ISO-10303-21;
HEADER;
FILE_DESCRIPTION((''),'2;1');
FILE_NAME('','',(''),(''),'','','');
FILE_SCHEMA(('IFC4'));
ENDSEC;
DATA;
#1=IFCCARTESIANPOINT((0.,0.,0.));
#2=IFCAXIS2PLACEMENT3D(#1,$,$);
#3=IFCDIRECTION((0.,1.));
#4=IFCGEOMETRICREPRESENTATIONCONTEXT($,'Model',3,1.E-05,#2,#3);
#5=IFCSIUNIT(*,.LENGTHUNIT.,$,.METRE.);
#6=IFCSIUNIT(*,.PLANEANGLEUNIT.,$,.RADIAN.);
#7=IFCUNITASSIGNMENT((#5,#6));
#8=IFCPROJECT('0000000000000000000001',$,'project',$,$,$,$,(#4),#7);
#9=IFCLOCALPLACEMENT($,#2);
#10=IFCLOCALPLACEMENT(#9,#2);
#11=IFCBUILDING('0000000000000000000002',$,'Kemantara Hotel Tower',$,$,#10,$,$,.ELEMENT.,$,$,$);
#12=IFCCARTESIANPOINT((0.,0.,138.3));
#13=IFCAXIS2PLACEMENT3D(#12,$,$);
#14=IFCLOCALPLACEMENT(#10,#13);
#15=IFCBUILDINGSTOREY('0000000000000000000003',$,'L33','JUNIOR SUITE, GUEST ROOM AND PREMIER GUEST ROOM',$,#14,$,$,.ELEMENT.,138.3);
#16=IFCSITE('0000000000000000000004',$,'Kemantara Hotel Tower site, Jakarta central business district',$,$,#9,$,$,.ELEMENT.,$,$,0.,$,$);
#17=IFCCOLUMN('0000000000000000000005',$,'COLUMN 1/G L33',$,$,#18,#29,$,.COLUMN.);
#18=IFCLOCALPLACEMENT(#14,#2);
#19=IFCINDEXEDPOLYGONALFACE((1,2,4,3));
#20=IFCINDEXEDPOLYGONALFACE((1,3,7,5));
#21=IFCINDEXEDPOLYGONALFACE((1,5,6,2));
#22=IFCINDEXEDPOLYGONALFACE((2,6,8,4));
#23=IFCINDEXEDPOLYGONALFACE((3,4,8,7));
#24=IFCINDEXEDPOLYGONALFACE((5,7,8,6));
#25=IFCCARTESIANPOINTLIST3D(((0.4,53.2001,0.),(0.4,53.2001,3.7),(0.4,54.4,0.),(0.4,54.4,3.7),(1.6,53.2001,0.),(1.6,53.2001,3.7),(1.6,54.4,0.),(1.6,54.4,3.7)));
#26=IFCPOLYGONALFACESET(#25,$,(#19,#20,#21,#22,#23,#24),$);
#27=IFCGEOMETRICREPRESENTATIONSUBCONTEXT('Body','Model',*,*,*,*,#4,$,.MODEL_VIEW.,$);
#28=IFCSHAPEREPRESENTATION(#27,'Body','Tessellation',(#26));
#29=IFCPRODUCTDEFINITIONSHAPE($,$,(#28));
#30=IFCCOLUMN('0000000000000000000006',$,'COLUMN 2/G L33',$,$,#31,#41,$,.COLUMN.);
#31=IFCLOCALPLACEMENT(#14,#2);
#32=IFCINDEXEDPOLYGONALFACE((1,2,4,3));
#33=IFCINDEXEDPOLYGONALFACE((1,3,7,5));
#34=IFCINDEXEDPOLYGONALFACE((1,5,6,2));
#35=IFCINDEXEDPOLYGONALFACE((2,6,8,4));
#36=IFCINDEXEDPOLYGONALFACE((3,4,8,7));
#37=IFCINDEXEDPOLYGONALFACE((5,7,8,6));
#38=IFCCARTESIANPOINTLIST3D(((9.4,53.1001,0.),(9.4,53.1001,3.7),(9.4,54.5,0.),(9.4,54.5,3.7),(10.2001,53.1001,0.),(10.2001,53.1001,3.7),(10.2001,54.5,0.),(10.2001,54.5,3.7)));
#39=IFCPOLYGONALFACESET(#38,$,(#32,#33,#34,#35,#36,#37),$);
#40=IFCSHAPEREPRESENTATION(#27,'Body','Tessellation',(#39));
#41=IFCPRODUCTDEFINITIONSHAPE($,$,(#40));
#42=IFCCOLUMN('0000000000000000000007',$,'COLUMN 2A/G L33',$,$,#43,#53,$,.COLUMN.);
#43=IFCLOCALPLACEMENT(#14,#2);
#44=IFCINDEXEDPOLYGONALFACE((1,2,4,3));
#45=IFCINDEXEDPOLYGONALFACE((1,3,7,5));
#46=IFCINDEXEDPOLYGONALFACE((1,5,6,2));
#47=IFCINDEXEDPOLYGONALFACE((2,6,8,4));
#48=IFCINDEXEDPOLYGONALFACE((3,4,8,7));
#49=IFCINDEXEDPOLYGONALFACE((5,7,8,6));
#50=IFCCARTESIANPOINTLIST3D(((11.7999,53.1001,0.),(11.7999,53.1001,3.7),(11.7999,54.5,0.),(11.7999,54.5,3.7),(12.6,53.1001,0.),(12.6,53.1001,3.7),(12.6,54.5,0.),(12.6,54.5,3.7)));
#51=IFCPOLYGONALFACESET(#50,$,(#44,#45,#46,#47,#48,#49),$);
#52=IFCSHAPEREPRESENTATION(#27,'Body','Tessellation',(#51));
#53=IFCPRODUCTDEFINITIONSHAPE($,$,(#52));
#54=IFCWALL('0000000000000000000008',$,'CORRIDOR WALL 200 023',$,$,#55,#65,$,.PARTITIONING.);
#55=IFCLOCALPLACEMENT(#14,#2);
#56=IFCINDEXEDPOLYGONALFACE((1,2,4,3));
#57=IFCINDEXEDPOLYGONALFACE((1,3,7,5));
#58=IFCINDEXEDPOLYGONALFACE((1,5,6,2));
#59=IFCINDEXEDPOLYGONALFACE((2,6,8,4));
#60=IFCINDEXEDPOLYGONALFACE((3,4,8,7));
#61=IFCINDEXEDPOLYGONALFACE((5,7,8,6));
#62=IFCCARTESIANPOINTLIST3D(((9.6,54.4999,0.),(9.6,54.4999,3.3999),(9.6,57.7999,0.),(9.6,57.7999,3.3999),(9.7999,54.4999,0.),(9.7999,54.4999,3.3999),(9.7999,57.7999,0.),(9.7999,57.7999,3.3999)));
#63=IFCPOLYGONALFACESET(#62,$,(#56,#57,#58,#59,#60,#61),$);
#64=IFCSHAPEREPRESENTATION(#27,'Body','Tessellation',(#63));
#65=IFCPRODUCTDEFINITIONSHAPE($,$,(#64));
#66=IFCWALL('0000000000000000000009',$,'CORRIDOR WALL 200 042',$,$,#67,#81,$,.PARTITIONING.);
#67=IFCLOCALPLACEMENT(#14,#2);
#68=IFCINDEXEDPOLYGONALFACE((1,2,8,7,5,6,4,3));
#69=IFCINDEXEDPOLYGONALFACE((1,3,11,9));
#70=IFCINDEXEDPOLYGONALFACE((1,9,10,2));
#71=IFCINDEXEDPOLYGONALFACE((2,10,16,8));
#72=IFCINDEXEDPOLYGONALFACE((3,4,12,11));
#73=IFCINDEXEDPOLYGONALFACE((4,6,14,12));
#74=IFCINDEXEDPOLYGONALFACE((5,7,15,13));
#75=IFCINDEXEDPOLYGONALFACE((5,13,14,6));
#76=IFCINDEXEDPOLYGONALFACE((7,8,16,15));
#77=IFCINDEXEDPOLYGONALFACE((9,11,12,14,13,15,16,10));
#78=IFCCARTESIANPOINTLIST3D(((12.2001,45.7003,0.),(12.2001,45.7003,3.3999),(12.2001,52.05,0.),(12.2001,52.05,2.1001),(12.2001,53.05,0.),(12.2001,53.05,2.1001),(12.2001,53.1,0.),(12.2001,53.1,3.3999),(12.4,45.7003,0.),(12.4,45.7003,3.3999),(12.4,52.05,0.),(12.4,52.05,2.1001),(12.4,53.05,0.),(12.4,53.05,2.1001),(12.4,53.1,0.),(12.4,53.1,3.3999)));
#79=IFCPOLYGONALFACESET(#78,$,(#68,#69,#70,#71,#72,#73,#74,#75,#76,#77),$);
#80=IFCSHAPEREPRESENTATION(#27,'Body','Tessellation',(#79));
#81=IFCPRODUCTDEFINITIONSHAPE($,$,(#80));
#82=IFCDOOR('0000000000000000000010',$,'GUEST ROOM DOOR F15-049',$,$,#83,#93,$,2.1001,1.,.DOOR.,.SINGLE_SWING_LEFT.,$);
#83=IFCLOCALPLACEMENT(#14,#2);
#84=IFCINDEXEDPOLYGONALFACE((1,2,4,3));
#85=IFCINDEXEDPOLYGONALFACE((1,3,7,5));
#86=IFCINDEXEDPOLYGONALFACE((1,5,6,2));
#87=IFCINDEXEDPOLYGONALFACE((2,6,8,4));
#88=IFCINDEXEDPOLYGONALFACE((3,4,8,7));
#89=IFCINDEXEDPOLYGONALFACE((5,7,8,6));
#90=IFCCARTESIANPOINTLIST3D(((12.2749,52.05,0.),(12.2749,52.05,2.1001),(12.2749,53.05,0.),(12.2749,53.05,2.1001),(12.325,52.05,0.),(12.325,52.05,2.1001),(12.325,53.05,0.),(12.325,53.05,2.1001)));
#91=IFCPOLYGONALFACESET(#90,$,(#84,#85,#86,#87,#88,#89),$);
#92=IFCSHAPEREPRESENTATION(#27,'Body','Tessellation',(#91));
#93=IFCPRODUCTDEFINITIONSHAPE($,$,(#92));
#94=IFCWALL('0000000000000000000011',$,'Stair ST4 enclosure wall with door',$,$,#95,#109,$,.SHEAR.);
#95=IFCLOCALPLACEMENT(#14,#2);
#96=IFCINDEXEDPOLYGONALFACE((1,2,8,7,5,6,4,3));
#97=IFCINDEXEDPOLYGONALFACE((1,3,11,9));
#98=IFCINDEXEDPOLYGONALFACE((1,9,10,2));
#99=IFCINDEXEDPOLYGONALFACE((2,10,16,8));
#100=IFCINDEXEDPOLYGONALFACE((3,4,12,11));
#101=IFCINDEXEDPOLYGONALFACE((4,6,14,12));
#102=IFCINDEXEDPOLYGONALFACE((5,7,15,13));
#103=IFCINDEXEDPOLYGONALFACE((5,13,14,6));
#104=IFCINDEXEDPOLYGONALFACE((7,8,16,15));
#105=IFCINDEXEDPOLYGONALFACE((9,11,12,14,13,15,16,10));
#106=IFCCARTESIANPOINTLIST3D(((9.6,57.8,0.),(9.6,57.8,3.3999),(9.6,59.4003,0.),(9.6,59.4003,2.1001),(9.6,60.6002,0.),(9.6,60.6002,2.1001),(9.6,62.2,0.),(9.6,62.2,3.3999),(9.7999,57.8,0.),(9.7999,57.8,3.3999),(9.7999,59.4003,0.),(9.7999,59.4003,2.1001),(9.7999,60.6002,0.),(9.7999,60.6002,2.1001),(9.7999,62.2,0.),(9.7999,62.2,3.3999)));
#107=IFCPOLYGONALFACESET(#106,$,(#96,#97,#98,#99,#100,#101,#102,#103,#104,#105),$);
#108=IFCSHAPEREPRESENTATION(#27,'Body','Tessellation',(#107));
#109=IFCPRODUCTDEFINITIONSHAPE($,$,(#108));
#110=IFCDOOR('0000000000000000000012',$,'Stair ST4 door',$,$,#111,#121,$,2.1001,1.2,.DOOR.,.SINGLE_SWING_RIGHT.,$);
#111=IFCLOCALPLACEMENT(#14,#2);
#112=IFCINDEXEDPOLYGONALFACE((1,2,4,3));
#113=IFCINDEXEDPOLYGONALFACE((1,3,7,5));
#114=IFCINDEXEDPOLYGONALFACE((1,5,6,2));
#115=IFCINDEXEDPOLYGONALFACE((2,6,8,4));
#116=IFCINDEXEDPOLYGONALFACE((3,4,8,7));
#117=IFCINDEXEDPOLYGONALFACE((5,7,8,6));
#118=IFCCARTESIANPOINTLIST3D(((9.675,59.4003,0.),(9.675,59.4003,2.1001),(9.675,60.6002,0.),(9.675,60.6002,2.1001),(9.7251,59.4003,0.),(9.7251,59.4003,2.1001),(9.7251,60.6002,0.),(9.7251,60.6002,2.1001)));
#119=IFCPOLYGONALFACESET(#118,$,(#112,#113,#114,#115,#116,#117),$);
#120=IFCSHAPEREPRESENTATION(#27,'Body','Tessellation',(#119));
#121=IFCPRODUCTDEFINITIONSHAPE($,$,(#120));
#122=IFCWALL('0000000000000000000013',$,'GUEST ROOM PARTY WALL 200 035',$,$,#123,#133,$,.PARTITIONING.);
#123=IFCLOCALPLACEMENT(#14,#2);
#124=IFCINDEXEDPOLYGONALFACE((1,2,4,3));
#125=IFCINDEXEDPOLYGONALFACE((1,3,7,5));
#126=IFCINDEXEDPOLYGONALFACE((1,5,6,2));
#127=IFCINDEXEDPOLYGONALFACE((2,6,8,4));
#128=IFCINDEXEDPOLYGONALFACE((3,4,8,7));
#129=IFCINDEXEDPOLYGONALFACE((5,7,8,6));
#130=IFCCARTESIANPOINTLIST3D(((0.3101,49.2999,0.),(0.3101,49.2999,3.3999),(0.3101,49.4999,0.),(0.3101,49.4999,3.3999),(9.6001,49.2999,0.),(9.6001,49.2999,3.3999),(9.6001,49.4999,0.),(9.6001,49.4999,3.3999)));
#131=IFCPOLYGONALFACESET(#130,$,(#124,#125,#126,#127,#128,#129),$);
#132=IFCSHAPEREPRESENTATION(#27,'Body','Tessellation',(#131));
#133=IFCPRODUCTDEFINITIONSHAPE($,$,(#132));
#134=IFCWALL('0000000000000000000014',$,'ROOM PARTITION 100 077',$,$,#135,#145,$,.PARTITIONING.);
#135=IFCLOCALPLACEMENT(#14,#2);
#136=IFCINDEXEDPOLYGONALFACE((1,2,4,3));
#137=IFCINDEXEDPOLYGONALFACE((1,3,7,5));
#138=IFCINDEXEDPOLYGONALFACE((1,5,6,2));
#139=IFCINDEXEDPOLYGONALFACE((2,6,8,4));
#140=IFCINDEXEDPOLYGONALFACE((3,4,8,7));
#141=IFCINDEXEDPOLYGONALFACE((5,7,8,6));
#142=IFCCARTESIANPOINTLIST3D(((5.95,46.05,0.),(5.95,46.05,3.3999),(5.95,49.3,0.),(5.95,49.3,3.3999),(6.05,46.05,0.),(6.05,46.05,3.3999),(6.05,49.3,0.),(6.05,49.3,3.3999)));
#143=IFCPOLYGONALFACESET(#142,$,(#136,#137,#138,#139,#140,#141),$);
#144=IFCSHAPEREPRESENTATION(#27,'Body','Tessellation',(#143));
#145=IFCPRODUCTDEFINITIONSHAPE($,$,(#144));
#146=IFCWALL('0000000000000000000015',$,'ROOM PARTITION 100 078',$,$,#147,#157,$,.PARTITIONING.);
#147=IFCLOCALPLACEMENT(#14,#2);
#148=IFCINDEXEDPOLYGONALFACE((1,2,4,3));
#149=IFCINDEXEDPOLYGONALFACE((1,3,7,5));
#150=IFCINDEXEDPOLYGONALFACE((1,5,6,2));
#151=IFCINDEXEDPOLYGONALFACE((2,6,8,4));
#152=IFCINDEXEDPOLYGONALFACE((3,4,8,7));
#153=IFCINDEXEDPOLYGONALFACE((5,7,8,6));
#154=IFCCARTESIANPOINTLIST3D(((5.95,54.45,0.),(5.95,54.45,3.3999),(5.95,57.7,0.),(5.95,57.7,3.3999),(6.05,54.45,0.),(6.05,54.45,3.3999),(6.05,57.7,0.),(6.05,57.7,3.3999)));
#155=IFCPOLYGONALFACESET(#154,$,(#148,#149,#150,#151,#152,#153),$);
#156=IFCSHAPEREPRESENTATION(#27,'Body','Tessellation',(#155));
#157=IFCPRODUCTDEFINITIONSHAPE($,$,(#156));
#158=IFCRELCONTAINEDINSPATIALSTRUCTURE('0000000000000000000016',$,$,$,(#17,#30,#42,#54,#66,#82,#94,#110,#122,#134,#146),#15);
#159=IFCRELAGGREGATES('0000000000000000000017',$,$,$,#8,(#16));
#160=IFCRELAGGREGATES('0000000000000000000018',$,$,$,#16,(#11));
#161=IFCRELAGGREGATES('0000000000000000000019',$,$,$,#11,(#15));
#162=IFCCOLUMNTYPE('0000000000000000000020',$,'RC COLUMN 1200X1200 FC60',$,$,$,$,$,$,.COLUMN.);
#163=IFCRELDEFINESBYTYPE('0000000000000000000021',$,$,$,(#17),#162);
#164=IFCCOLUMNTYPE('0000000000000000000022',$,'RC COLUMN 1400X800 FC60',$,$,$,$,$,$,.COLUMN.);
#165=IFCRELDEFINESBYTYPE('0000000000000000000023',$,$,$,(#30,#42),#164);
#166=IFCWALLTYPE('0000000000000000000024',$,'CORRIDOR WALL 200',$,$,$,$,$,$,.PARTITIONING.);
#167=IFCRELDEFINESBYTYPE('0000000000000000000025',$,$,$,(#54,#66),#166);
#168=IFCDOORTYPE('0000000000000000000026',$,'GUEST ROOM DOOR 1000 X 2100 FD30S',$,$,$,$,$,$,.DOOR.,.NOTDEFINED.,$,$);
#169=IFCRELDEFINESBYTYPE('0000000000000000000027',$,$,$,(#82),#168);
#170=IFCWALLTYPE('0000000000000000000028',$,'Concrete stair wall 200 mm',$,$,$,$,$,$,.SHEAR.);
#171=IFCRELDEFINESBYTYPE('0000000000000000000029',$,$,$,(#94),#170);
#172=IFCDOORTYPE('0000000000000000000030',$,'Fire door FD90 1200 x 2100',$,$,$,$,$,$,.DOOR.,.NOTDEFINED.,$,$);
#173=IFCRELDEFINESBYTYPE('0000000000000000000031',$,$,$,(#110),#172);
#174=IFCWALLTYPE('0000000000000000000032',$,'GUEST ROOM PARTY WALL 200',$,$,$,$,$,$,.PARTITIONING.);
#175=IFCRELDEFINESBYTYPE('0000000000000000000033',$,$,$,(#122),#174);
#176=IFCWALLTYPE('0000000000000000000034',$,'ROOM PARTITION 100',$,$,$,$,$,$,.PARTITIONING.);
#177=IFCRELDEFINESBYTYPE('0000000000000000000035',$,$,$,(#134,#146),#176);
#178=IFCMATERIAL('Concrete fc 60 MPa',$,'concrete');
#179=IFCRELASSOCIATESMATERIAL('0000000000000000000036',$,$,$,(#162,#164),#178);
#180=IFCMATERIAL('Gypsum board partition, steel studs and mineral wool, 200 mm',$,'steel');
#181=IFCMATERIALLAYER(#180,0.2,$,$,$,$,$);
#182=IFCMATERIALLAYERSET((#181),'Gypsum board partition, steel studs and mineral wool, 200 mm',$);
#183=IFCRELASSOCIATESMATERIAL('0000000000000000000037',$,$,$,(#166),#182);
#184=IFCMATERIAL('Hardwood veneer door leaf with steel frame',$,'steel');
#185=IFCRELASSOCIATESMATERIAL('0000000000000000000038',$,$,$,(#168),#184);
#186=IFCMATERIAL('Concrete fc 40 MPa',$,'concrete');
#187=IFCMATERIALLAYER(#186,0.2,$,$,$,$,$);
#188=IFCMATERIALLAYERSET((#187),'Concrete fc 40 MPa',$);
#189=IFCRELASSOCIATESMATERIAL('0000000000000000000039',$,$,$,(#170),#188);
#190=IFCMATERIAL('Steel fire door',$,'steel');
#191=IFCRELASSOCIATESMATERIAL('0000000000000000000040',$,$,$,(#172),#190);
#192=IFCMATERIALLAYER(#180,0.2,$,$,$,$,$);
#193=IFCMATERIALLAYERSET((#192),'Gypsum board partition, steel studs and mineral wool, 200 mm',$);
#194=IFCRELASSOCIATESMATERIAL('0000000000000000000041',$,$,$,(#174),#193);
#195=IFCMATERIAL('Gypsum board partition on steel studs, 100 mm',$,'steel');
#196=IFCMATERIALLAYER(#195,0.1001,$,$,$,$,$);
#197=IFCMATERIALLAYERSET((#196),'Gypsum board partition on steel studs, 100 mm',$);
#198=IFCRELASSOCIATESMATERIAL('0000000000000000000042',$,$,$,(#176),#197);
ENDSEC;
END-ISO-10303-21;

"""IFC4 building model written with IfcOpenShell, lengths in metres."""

from ifc_helpers import new_model, si_unit, direction, frame, frame_2d, origin, origin_2d, place, context, subcontext, project, spatial, rectangle, extrude, material, layer, layer_set, material_profile, profile_set, type_object, element, fill, save


model = new_model("IFC4")

# Units and contexts
model_context = context("Model", 3, precision=1e-05, world=origin(), true_north=direction((0.0, 1.0)))
body_context = subcontext(model_context, "Body", "Model", "MODEL_VIEW")
ifc_project = project(units=[si_unit("LENGTHUNIT", "METRE"), si_unit("PLANEANGLEUNIT", "RADIAN")], contexts=[model_context])

# Site, building, storey
site_placement = place(None, origin())
site = spatial("IfcSite", under=ifc_project, at=site_placement, Name="Kemantara Hotel Tower site, Jakarta central business district", CompositionType="ELEMENT", RefElevation=0.0)
building_placement = place(site_placement, origin())
building = spatial("IfcBuilding", under=site, at=building_placement, Name="Kemantara Hotel Tower", CompositionType="ELEMENT")
storey_placement = place(building_placement, frame((0.0, 0.0, 138.3)))
storey = spatial("IfcBuildingStorey", under=building, at=storey_placement, Name="L33", Description="JUNIOR SUITE, GUEST ROOM AND PREMIER GUEST ROOM", CompositionType="ELEMENT", Elevation=138.3)

# Columns
ifc_material_1 = material(Name="Concrete fc 60 MPa", Category="concrete")
ifc_material_profile_1 = material_profile(ifc_material_1, rectangle(XDim=1.2, YDim=1.2, at=origin_2d()), Name="RC 1200X1200")
ifc_profile_set_1 = profile_set([ifc_material_profile_1], Name="Concrete fc 60 MPa")
column_type_1 = type_object("IfcColumnType", Name="RC COLUMN 1200X1200 FC60", PredefinedType="COLUMN", material=ifc_profile_set_1)
column_placement = place(storey_placement, frame((1.0, 53.8, 0.0), z_axis=(0.0, 0.0, 1.0), x_axis=(1.0, 0.0, 0.0)))
element("IfcColumn", 1, at=column_placement, inside=storey, type_object=column_type_1, Name="COLUMN 1/G L33", PredefinedType="COLUMN", context=body_context, shape_type="SweptSolid", body=[
    extrude(rectangle(XDim=1.2, YDim=1.2, at=origin_2d()), origin(), (0.0, 0.0, 1.0), 3.7),
])
ifc_material_profile_2 = material_profile(ifc_material_1, rectangle(XDim=1.3999, YDim=0.8, at=origin_2d()), Name="RC 1400X800")
ifc_profile_set_2 = profile_set([ifc_material_profile_2], Name="Concrete fc 60 MPa")
column_type_2 = type_object("IfcColumnType", Name="RC COLUMN 1400X800 FC60", PredefinedType="COLUMN", material=ifc_profile_set_2)
for number, where, z_axis, x_axis, name in (
    (2, (9.8, 53.8, 0.0), (0.0, 0.0, 1.0), (0.0, 1.0, 0.0), "COLUMN 2/G L33"),
    (3, (12.2, 53.8, 0.0), (0.0, 0.0, 1.0), (0.0, 1.0, 0.0), "COLUMN 2A/G L33"),
):
    element("IfcColumn", number, at=place(storey_placement, frame(where, z_axis=z_axis, x_axis=x_axis)), inside=storey, type_object=column_type_2, Name=name, PredefinedType="COLUMN", context=body_context, shape_type="SweptSolid", body=[
        extrude(rectangle(XDim=1.3999, YDim=0.8, at=origin_2d()), origin(), (0.0, 0.0, 1.0), 3.7),
    ])

# Wall
ifc_material_2 = material(Name="Gypsum board partition, steel studs and mineral wool, 200 mm", Category="steel")
ifc_layer_1 = layer(ifc_material_2, 0.2)
ifc_layer_set_1 = layer_set([ifc_layer_1], Name="Gypsum board partition, steel studs and mineral wool, 200 mm")
wall_type_1 = type_object("IfcWallType", Name="CORRIDOR WALL 200", PredefinedType="PARTITIONING", material=ifc_layer_set_1)
wall_1_placement = place(storey_placement, frame((9.7, 54.5, 0.0), z_axis=(0.0, 0.0, 1.0), x_axis=(0.0, 1.0, 0.0)))
element("IfcWall", 4, at=wall_1_placement, inside=storey, type_object=wall_type_1, Name="CORRIDOR WALL 200 023", PredefinedType="PARTITIONING", context=body_context, shape_type="SweptSolid", body=[
    extrude(rectangle(XDim=3.3, YDim=0.2, at=frame_2d((1.6499, 0.0))), origin(), (0.0, 0.0, 1.0), 3.3999),
])

# Walls, openings, doors
wall_2_placement = place(storey_placement, frame((12.3, 53.0999, 0.0), z_axis=(0.0, 0.0, 1.0), x_axis=(0.0, -1.0, 0.0)))
wall_2 = element("IfcWall", 5, at=wall_2_placement, inside=storey, type_object=wall_type_1, Name="CORRIDOR WALL 200 042", PredefinedType="PARTITIONING", context=body_context, shape_type="SweptSolid", body=[
    extrude(rectangle(XDim=7.3997, YDim=0.2, at=frame_2d((3.6997, 0.0))), origin(), (0.0, 0.0, 1.0), 3.3999),
])
opening_1_placement = place(wall_2_placement, frame((0.0498, 0.0, 0.0)))
opening_1 = element("IfcOpeningElement", 6, at=opening_1_placement, cuts=wall_2, PredefinedType="OPENING", context=body_context, shape_type="SweptSolid", body=[
    extrude(rectangle(XDim=1.0, YDim=2.1001, at=frame_2d((0.5, 1.05))), frame((0.0, 0.1099, 0.0), z_axis=(0.0, -1.0, 0.0), x_axis=(1.0, 0.0, 0.0)), (0.0, 0.0, 1.0), 0.22),
])
ifc_material_3 = material(Name="Hardwood veneer door leaf with steel frame", Category="steel")
door_type_1 = type_object("IfcDoorType", Name="GUEST ROOM DOOR 1000 X 2100 FD30S", OperationType="NOTDEFINED", PredefinedType="DOOR", material=ifc_material_3)
door_1_placement = place(opening_1_placement, origin())
door_1 = element("IfcDoor", 7, at=door_1_placement, inside=storey, type_object=door_type_1, Name="GUEST ROOM DOOR F15-049", OperationType="SINGLE_SWING_LEFT", OverallHeight=2.1001, OverallWidth=1.0, PredefinedType="DOOR", context=body_context, shape_type="SweptSolid", body=[
    extrude(rectangle(XDim=1.0, YDim=2.1001, at=frame_2d((0.5, 1.05))), frame((0.0, 0.0249, 0.0), z_axis=(0.0, -1.0, 0.0), x_axis=(1.0, 0.0, 0.0)), (0.0, 0.0, 1.0), 0.05),
])
fill(opening_1, door_1)
ifc_material_4 = material(Name="Concrete fc 40 MPa", Category="concrete")
ifc_layer_2 = layer(ifc_material_4, 0.2)
ifc_layer_set_2 = layer_set([ifc_layer_2], Name="Concrete fc 40 MPa")
wall_type_2 = type_object("IfcWallType", Name="Concrete stair wall 200 mm", PredefinedType="SHEAR", material=ifc_layer_set_2)
wall_3_placement = place(storey_placement, frame((9.7, 57.8, 0.0), z_axis=(0.0, 0.0, 1.0), x_axis=(0.0, 1.0, 0.0)))
wall_3 = element("IfcWall", 8, at=wall_3_placement, inside=storey, type_object=wall_type_2, Name="Stair ST4 enclosure wall with door", PredefinedType="SHEAR", context=body_context, shape_type="SweptSolid", body=[
    extrude(rectangle(XDim=4.3999, YDim=0.2, at=frame_2d((2.2, 0.0))), origin(), (0.0, 0.0, 1.0), 3.3999),
])
opening_2_placement = place(wall_3_placement, frame((1.6001, 0.0, 0.0)))
opening_2 = element("IfcOpeningElement", 9, at=opening_2_placement, cuts=wall_3, PredefinedType="OPENING", context=body_context, shape_type="SweptSolid", body=[
    extrude(rectangle(XDim=1.2, YDim=2.1001, at=frame_2d((0.6001, 1.05))), frame((0.0, 0.1099, 0.0), z_axis=(0.0, -1.0, 0.0), x_axis=(1.0, 0.0, 0.0)), (0.0, 0.0, 1.0), 0.22),
])
ifc_material_5 = material(Name="Steel fire door", Category="steel")
door_type_2 = type_object("IfcDoorType", Name="Fire door FD90 1200 x 2100", OperationType="NOTDEFINED", PredefinedType="DOOR", material=ifc_material_5)
door_2_placement = place(opening_2_placement, origin())
door_2 = element("IfcDoor", 10, at=door_2_placement, inside=storey, type_object=door_type_2, Name="Stair ST4 door", OperationType="SINGLE_SWING_RIGHT", OverallHeight=2.1001, OverallWidth=1.2, PredefinedType="DOOR", context=body_context, shape_type="SweptSolid", body=[
    extrude(rectangle(XDim=1.2, YDim=2.1001, at=frame_2d((0.6001, 1.05))), frame((0.0, 0.0249, 0.0), z_axis=(0.0, -1.0, 0.0), x_axis=(1.0, 0.0, 0.0)), (0.0, 0.0, 1.0), 0.05),
])
fill(opening_2, door_2)

# Walls
ifc_layer_3 = layer(ifc_material_2, 0.2)
ifc_layer_set_3 = layer_set([ifc_layer_3], Name="Gypsum board partition, steel studs and mineral wool, 200 mm")
wall_type_3 = type_object("IfcWallType", Name="GUEST ROOM PARTY WALL 200", PredefinedType="PARTITIONING", material=ifc_layer_set_3)
wall_4_placement = place(storey_placement, frame((0.3101, 49.3999, 0.0), z_axis=(0.0, 0.0, 1.0), x_axis=(1.0, 0.0, 0.0)))
element("IfcWall", 11, at=wall_4_placement, inside=storey, type_object=wall_type_3, Name="GUEST ROOM PARTY WALL 200 035", PredefinedType="PARTITIONING", context=body_context, shape_type="SweptSolid", body=[
    extrude(rectangle(XDim=9.29, YDim=0.2, at=frame_2d((4.645, 0.0))), origin(), (0.0, 0.0, 1.0), 3.3999),
])
ifc_material_6 = material(Name="Gypsum board partition on steel studs, 100 mm", Category="steel")
ifc_layer_4 = layer(ifc_material_6, 0.1001)
ifc_layer_set_4 = layer_set([ifc_layer_4], Name="Gypsum board partition on steel studs, 100 mm")
wall_type_4 = type_object("IfcWallType", Name="ROOM PARTITION 100", PredefinedType="PARTITIONING", material=ifc_layer_set_4)
for number, where, z_axis, x_axis, name in (
    (12, (6.0, 46.05, 0.0), (0.0, 0.0, 1.0), (0.0, 1.0, 0.0), "ROOM PARTITION 100 077"),
    (13, (6.0, 54.45, 0.0), (0.0, 0.0, 1.0), (0.0, 1.0, 0.0), "ROOM PARTITION 100 078"),
):
    element("IfcWall", number, at=place(storey_placement, frame(where, z_axis=z_axis, x_axis=x_axis)), inside=storey, type_object=wall_type_4, Name=name, PredefinedType="PARTITIONING", context=body_context, shape_type="SweptSolid", body=[
        extrude(rectangle(XDim=3.25, YDim=0.1001, at=frame_2d((1.625, 0.0))), origin(), (0.0, 0.0, 1.0), 3.3999),
    ])

save(model, "model.ifc")
